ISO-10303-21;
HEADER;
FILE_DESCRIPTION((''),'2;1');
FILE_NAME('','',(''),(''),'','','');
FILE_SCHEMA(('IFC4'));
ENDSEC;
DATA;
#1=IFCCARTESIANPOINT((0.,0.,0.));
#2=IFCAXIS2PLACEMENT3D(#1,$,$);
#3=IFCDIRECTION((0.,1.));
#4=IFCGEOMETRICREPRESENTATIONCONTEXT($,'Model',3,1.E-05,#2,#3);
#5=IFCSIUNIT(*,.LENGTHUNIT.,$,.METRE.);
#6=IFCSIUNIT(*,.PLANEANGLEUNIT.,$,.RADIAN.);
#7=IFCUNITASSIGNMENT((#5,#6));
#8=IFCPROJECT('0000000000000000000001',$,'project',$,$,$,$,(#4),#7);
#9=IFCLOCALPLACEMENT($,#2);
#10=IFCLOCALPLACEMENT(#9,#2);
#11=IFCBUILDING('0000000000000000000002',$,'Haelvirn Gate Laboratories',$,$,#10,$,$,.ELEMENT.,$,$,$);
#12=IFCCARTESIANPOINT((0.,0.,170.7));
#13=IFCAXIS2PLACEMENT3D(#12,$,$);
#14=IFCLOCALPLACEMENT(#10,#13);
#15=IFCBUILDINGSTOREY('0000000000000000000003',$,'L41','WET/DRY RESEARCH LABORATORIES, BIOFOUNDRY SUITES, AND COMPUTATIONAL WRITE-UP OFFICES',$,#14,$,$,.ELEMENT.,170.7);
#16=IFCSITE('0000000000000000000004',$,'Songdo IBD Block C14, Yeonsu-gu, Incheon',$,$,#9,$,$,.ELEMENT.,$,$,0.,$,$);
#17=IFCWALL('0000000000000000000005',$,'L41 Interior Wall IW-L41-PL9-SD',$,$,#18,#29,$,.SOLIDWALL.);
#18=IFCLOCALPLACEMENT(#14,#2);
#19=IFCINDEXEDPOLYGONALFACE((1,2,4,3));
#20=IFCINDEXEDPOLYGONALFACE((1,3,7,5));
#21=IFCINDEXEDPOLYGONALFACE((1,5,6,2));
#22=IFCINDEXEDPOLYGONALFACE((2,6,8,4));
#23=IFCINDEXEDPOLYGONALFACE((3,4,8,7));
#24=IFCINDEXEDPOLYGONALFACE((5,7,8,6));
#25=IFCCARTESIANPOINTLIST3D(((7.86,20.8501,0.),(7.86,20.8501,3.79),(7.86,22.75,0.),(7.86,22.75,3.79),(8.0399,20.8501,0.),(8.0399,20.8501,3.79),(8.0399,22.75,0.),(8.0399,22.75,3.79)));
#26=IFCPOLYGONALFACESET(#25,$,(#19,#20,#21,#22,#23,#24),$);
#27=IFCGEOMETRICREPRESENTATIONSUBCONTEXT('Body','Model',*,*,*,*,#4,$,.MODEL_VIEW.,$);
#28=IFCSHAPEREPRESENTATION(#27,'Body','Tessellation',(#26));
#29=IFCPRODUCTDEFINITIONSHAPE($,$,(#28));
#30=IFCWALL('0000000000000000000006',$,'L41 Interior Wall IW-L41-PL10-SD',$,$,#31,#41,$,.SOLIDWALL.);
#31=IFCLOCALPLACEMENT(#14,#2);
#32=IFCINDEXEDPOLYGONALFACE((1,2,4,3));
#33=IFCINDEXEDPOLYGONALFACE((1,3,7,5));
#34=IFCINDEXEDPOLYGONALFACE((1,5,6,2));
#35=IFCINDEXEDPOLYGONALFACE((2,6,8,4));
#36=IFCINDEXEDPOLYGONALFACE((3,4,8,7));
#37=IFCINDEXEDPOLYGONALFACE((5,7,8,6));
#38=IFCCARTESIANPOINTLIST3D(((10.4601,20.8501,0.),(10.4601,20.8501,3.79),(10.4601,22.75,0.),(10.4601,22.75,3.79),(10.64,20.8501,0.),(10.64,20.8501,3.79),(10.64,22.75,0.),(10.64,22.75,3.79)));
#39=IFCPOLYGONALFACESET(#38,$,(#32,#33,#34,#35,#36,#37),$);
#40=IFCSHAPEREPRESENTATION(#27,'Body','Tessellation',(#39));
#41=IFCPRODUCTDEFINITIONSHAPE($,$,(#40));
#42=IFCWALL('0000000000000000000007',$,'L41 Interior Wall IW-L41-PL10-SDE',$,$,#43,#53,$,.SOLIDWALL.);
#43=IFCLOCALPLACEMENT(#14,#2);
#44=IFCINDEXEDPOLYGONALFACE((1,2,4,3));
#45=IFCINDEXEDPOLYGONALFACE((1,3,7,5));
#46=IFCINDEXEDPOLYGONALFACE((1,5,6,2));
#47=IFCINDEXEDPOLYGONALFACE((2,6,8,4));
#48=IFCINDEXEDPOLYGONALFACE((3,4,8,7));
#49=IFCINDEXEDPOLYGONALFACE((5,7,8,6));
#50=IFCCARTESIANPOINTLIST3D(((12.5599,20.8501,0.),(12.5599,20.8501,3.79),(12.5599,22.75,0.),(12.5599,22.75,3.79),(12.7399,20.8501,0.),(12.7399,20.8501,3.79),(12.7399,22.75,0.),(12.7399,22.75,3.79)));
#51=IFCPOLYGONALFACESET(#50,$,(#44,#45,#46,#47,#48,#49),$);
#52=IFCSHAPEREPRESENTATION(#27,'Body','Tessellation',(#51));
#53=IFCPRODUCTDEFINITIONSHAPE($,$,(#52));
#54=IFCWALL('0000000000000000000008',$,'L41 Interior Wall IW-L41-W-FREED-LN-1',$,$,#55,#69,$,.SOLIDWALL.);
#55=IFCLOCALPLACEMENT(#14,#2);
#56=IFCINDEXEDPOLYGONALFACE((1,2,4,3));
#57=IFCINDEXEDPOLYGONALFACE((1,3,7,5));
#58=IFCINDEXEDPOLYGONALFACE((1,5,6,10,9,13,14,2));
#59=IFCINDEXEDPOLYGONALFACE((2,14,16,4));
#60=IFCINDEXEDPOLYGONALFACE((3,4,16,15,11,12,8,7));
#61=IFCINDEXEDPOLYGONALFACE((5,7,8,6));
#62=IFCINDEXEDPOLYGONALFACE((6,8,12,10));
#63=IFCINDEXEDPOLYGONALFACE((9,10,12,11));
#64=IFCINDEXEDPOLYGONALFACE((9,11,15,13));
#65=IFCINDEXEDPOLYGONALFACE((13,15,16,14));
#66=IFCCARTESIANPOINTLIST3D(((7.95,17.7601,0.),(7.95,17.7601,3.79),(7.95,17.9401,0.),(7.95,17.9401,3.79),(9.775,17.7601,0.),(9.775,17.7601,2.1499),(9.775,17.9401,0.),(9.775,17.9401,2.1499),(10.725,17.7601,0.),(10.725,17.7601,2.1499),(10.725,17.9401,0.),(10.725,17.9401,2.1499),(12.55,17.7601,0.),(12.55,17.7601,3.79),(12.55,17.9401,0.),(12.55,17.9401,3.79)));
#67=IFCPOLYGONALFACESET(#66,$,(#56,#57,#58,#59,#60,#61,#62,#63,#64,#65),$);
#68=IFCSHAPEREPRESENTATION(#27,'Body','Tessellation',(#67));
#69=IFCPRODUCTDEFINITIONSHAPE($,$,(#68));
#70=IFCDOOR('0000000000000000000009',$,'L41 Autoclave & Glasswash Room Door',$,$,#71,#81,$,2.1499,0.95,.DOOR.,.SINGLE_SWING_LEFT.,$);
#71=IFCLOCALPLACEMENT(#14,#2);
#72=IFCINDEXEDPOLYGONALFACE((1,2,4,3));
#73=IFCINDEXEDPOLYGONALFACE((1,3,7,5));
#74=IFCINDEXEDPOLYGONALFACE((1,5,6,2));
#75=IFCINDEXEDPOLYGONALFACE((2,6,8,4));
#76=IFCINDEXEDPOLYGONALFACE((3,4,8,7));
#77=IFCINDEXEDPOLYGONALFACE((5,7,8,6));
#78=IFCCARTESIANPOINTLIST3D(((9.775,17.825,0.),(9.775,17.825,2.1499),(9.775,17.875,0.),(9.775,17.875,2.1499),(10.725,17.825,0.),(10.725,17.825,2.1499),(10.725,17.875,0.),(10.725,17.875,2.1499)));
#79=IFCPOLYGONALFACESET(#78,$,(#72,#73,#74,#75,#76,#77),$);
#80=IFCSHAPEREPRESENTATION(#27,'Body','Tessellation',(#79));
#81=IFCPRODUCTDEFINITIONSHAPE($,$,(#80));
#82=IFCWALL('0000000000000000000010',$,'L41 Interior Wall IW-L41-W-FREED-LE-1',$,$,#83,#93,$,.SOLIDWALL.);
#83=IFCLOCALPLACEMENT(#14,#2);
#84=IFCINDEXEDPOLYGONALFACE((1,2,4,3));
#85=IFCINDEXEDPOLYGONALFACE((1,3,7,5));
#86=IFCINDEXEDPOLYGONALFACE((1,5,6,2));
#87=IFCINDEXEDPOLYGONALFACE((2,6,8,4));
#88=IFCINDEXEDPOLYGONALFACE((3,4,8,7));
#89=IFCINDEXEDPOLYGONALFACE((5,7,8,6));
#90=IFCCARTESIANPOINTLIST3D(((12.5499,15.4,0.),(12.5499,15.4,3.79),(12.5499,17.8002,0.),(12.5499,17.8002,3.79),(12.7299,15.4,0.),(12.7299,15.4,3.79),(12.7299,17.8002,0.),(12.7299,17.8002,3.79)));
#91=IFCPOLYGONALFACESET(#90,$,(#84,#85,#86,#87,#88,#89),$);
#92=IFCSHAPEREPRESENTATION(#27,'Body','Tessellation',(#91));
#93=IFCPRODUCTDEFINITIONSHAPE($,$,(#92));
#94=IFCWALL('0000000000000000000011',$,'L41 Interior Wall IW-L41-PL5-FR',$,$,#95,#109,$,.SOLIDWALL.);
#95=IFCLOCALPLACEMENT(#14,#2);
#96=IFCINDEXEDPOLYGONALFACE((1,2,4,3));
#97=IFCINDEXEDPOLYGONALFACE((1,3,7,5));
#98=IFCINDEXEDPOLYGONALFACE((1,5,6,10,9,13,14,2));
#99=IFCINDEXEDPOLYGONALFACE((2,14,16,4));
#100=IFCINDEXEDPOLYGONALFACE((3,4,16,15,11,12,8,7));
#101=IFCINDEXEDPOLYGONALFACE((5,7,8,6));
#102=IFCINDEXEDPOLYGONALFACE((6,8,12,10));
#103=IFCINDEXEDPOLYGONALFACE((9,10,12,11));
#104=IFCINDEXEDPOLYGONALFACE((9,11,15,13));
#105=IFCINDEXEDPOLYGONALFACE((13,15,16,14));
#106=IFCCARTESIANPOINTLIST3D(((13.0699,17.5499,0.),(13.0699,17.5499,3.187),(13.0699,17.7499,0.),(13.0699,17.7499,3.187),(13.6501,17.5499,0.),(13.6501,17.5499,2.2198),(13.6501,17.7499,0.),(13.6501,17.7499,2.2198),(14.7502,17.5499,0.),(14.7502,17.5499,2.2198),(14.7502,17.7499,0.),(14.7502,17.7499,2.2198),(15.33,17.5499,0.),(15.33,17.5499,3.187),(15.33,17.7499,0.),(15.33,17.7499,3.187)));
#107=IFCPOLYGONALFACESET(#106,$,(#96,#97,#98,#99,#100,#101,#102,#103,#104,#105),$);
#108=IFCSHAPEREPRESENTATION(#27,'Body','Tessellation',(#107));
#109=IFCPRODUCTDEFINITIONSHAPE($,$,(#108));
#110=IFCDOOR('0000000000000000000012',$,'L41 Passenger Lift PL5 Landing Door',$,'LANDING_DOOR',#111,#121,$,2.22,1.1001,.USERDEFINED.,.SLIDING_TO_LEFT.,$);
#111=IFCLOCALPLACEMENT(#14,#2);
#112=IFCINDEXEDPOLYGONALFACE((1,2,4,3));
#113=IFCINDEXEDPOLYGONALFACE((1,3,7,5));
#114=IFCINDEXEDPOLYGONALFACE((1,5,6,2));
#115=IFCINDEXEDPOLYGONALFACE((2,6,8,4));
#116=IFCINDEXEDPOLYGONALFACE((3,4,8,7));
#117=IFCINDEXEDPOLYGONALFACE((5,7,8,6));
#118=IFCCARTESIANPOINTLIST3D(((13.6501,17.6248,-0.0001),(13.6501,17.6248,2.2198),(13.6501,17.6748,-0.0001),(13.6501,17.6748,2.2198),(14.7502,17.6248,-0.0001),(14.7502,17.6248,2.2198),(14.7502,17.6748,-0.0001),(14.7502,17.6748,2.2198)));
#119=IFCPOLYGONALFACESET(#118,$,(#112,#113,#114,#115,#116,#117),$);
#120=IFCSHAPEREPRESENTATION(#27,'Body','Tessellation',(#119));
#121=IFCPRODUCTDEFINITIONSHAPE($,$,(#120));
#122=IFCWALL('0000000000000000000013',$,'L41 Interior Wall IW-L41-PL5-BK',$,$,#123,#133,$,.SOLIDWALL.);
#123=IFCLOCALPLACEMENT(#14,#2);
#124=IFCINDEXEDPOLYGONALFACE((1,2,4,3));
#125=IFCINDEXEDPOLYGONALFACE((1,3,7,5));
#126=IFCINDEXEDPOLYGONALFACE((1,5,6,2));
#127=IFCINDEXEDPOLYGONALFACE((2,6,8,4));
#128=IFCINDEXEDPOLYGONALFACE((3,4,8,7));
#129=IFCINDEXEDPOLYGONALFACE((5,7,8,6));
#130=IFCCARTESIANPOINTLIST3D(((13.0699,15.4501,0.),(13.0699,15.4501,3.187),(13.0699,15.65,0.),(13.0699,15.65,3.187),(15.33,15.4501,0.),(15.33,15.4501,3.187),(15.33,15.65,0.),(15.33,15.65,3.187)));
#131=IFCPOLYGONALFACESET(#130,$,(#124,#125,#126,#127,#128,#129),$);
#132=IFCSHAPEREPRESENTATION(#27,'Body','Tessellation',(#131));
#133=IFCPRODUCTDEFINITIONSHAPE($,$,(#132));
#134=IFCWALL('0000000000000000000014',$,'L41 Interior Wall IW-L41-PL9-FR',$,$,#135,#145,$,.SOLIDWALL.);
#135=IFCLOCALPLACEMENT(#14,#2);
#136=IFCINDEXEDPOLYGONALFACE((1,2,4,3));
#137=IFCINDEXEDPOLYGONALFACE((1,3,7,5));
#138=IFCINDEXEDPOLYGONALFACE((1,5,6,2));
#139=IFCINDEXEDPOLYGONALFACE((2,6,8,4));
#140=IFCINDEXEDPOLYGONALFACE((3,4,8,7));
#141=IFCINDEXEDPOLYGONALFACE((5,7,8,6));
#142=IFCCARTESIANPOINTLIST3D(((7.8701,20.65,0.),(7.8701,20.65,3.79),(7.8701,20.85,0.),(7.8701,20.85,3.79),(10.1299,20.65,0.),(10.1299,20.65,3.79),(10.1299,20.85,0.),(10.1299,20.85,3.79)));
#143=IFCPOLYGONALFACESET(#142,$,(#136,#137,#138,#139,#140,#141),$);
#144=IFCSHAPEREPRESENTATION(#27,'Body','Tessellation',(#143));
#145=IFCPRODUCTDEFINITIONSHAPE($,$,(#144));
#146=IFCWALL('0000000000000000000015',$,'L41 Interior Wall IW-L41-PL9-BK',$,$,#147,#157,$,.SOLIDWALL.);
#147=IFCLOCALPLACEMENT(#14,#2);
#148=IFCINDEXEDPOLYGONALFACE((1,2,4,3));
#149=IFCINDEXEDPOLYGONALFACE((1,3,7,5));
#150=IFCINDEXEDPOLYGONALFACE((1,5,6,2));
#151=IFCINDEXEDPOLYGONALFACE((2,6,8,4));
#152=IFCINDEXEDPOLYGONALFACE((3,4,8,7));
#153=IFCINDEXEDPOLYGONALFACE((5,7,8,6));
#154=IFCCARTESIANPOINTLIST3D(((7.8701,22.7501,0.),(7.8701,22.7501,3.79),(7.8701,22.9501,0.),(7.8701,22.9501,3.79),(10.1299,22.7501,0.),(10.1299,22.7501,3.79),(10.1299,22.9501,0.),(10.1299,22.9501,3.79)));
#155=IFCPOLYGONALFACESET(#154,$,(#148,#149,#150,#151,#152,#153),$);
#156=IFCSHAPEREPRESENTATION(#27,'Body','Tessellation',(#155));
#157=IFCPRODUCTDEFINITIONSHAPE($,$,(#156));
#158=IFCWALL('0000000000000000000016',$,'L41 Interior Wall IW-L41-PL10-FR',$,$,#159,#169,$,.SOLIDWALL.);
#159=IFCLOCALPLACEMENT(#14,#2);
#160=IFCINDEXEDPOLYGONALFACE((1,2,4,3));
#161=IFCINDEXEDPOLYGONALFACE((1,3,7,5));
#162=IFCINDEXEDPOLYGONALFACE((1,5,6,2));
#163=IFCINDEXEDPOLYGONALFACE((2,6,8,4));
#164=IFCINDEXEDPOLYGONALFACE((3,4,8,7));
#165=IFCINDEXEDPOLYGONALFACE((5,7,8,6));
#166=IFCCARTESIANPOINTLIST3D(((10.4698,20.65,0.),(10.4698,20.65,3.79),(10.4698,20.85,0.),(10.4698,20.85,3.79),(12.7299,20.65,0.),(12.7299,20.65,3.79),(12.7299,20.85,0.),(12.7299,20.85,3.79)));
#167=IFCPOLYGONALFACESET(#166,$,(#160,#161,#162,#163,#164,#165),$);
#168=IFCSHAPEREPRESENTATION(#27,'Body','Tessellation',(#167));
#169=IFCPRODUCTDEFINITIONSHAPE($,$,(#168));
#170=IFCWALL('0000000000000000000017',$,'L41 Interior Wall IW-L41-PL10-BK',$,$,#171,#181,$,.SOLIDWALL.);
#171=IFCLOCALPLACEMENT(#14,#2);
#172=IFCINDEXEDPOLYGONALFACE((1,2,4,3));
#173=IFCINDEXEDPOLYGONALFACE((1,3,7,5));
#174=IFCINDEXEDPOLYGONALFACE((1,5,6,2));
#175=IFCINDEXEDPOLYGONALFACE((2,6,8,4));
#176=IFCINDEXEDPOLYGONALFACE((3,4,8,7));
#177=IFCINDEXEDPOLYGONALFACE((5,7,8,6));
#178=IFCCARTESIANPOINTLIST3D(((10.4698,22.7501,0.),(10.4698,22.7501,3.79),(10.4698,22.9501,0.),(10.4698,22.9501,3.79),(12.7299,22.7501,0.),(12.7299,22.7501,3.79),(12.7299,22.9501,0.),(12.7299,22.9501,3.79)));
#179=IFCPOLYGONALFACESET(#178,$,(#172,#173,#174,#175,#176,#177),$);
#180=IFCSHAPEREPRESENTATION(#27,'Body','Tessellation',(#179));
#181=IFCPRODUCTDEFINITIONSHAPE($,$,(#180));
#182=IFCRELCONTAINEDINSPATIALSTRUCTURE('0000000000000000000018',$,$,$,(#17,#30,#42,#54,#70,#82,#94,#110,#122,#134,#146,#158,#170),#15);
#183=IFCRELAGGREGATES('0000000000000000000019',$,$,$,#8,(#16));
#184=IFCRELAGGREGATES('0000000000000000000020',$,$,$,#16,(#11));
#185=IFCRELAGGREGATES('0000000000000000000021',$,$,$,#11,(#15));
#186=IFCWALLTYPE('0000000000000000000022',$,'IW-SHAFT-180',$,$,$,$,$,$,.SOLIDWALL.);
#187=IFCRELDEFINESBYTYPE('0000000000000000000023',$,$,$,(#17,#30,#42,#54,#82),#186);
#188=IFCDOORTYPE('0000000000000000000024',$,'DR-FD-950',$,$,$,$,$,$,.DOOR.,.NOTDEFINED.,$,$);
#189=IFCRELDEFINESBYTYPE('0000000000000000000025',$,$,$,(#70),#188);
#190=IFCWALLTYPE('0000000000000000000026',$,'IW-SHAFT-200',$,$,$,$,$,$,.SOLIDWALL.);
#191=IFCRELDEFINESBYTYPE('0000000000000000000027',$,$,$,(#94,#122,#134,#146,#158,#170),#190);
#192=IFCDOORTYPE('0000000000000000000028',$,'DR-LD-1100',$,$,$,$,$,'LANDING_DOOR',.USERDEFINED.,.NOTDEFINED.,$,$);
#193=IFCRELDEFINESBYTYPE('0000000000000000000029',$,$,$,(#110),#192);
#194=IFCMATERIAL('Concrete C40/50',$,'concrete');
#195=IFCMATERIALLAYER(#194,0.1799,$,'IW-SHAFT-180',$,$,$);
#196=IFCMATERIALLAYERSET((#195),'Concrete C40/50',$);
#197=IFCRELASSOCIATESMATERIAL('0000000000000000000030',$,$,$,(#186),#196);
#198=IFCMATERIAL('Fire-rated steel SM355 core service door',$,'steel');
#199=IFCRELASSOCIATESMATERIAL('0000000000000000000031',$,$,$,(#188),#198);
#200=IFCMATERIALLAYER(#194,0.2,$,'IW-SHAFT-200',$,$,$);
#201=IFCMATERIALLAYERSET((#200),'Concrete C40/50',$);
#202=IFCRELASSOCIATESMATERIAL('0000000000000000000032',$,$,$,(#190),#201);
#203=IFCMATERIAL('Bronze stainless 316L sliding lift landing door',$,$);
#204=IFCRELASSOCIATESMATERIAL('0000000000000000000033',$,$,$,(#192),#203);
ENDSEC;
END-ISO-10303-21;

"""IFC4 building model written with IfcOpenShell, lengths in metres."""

from ifc_helpers import new_model, si_unit, direction, frame, frame_2d, origin, place, context, subcontext, project, spatial, rectangle, extrude, source, transform, mapped, material, layer, layer_set, type_object, type_shapes, element, fill, save


model = new_model("IFC4")

# Units and contexts
model_context = context("Model", 3, precision=1e-05, world=origin(), true_north=direction((0.0, 1.0)))
body_context = subcontext(model_context, "Body", "Model", "MODEL_VIEW")
ifc_project = project(units=[si_unit("LENGTHUNIT", "METRE"), si_unit("PLANEANGLEUNIT", "RADIAN")], contexts=[model_context])

# Site, building, storey
site_placement = place(None, origin())
site = spatial("IfcSite", under=ifc_project, at=site_placement, Name="Songdo IBD Block C14, Yeonsu-gu, Incheon", CompositionType="ELEMENT", RefElevation=0.0)
building_placement = place(site_placement, origin())
building = spatial("IfcBuilding", under=site, at=building_placement, Name="Haelvirn Gate Laboratories", CompositionType="ELEMENT")
storey_placement = place(building_placement, frame((0.0, 0.0, 170.7)))
storey = spatial("IfcBuildingStorey", under=building, at=storey_placement, Name="L41", Description="WET/DRY RESEARCH LABORATORIES, BIOFOUNDRY SUITES, AND COMPUTATIONAL WRITE-UP OFFICES", CompositionType="ELEMENT", Elevation=170.7)

# Walls
ifc_material_1 = material(Name="Concrete C40/50", Category="concrete")
ifc_layer_1 = layer(ifc_material_1, 0.1799, Name="IW-SHAFT-180")
ifc_layer_set_1 = layer_set([ifc_layer_1], Name="Concrete C40/50")
wall_type_1 = type_object("IfcWallType", Name="IW-SHAFT-180", PredefinedType="SOLIDWALL", material=ifc_layer_set_1)
for number, where, z_axis, x_axis, name in (
    (1, (7.95, 20.8501, 0.0), (0.0, 0.0, 1.0), (0.0, 1.0, 0.0), "L41 Interior Wall IW-L41-PL9-SD"),
    (2, (10.55, 20.8501, 0.0), (0.0, 0.0, 1.0), (0.0, 1.0, 0.0), "L41 Interior Wall IW-L41-PL10-SD"),
    (3, (12.6499, 20.8501, 0.0), (0.0, 0.0, 1.0), (0.0, 1.0, 0.0), "L41 Interior Wall IW-L41-PL10-SDE"),
):
    element("IfcWall", number, at=place(storey_placement, frame(where, z_axis=z_axis, x_axis=x_axis)), inside=storey, type_object=wall_type_1, Name=name, PredefinedType="SOLIDWALL", context=body_context, shape_type="SweptSolid", body=[
        extrude(rectangle(XDim=1.8999, YDim=0.1799, at=frame_2d((0.95, 0.0))), origin(), (0.0, 0.0, 1.0), 3.79),
    ])

# Wall, opening, door
wall_1_placement = place(storey_placement, frame((7.95, 17.8501, 0.0), z_axis=(0.0, 0.0, 1.0), x_axis=(1.0, 0.0, 0.0)))
wall_1 = element("IfcWall", 4, at=wall_1_placement, inside=storey, type_object=wall_type_1, Name="L41 Interior Wall IW-L41-W-FREED-LN-1", PredefinedType="SOLIDWALL", context=body_context, shape_type="SweptSolid", body=[
    extrude(rectangle(XDim=4.6001, YDim=0.1799, at=frame_2d((2.3, 0.0))), origin(), (0.0, 0.0, 1.0), 3.79),
])
opening_1_placement = place(wall_1_placement, frame((1.825, 0.0, 0.0)))
opening_1 = element("IfcOpeningElement", 5, at=opening_1_placement, cuts=wall_1, PredefinedType="OPENING", context=body_context, shape_type="SweptSolid", body=[
    extrude(rectangle(XDim=0.95, YDim=2.1499, at=frame_2d((0.4751, 1.075))), frame((0.0, 0.1001, 0.0), z_axis=(0.0, -1.0, 0.0), x_axis=(1.0, 0.0, 0.0)), (0.0, 0.0, 1.0), 0.2),
])
ifc_material_2 = material(Name="Fire-rated steel SM355 core service door", Category="steel")
door_type_1 = type_object("IfcDoorType", Name="DR-FD-950", OperationType="NOTDEFINED", PredefinedType="DOOR", material=ifc_material_2)
shared_shape_1 = source(origin(), body_context, "Body", "SweptSolid", [
    extrude(rectangle(XDim=0.95, YDim=2.1499, at=frame_2d((0.4751, 1.075))), frame((0.0, 0.0249, 0.0), z_axis=(0.0, -1.0, 0.0), x_axis=(1.0, 0.0, 0.0)), (0.0, 0.0, 1.0), 0.05),
])
type_shapes(door_type_1, [shared_shape_1])
door_1_placement = place(opening_1_placement, origin())
door_1 = element("IfcDoor", 6, at=door_1_placement, inside=storey, type_object=door_type_1, Name="L41 Autoclave & Glasswash Room Door", OperationType="SINGLE_SWING_LEFT", OverallHeight=2.1499, OverallWidth=0.95, PredefinedType="DOOR", context=body_context, shape_type="MappedRepresentation", body=[
    mapped(shared_shape_1, transform((0.0, 0.0, 0.0), scale=1.0)),
])
fill(opening_1, door_1)

# Wall
wall_2_placement = place(storey_placement, frame((12.6399, 15.3999, 0.0), z_axis=(0.0, 0.0, 1.0), x_axis=(0.0, 1.0, 0.0)))
element("IfcWall", 7, at=wall_2_placement, inside=storey, type_object=wall_type_1, Name="L41 Interior Wall IW-L41-W-FREED-LE-1", PredefinedType="SOLIDWALL", context=body_context, shape_type="SweptSolid", body=[
    extrude(rectangle(XDim=2.4001, YDim=0.1799, at=frame_2d((1.2002, 0.0))), origin(), (0.0, 0.0, 1.0), 3.79),
])

# Wall, opening, door
ifc_layer_2 = layer(ifc_material_1, 0.2, Name="IW-SHAFT-200")
ifc_layer_set_2 = layer_set([ifc_layer_2], Name="Concrete C40/50")
wall_type_2 = type_object("IfcWallType", Name="IW-SHAFT-200", PredefinedType="SOLIDWALL", material=ifc_layer_set_2)
wall_3_placement = place(storey_placement, frame((13.0701, 17.6499, 0.0), z_axis=(0.0, 0.0, 1.0), x_axis=(1.0, 0.0, 0.0)))
wall_3 = element("IfcWall", 8, at=wall_3_placement, inside=storey, type_object=wall_type_2, Name="L41 Interior Wall IW-L41-PL5-FR", PredefinedType="SOLIDWALL", context=body_context, shape_type="SweptSolid", body=[
    extrude(rectangle(XDim=2.26, YDim=0.2, at=frame_2d((1.1299, 0.0))), origin(), (0.0, 0.0, 1.0), 3.187),
])
opening_2_placement = place(wall_3_placement, frame((0.5801, 0.0, 0.0)))
opening_2 = element("IfcOpeningElement", 9, at=opening_2_placement, cuts=wall_3, PredefinedType="OPENING", context=body_context, shape_type="SweptSolid", body=[
    extrude(rectangle(XDim=1.1001, YDim=2.22, at=frame_2d((0.55, 1.1099))), frame((0.0, 0.1099, 0.0), z_axis=(0.0, -1.0, 0.0), x_axis=(1.0, 0.0, 0.0)), (0.0, 0.0, 1.0), 0.22),
])
ifc_material_3 = material(Name="Bronze stainless 316L sliding lift landing door")
door_type_2 = type_object("IfcDoorType", Name="DR-LD-1100", ElementType="LANDING_DOOR", OperationType="NOTDEFINED", PredefinedType="USERDEFINED", material=ifc_material_3)
shared_shape_2 = source(origin(), body_context, "Body", "SweptSolid", [
    extrude(rectangle(XDim=1.1001, YDim=2.22, at=frame_2d((0.55, 1.1099))), frame((0.0, 0.0249, 0.0), z_axis=(0.0, -1.0, 0.0), x_axis=(1.0, 0.0, 0.0)), (0.0, 0.0, 1.0), 0.05),
])
type_shapes(door_type_2, [shared_shape_2])
door_2_placement = place(opening_2_placement, origin())
door_2 = element("IfcDoor", 10, at=door_2_placement, inside=storey, type_object=door_type_2, Name="L41 Passenger Lift PL5 Landing Door", ObjectType="LANDING_DOOR", OperationType="SLIDING_TO_LEFT", OverallHeight=2.22, OverallWidth=1.1001, PredefinedType="USERDEFINED", context=body_context, shape_type="MappedRepresentation", body=[
    mapped(shared_shape_2, transform((0.0, 0.0, 0.0), scale=1.0)),
])
fill(opening_2, door_2)

# Walls
wall_4_placement = place(storey_placement, frame((13.0701, 15.55, 0.0), z_axis=(0.0, 0.0, 1.0), x_axis=(1.0, 0.0, 0.0)))
element("IfcWall", 11, at=wall_4_placement, inside=storey, type_object=wall_type_2, Name="L41 Interior Wall IW-L41-PL5-BK", PredefinedType="SOLIDWALL", context=body_context, shape_type="SweptSolid", body=[
    extrude(rectangle(XDim=2.26, YDim=0.2, at=frame_2d((1.1299, 0.0))), origin(), (0.0, 0.0, 1.0), 3.187),
])
for number, where, z_axis, x_axis, name in (
    (12, (7.8701, 20.75, 0.0), (0.0, 0.0, 1.0), (1.0, 0.0, 0.0), "L41 Interior Wall IW-L41-PL9-FR"),
    (13, (7.8701, 22.8501, 0.0), (0.0, 0.0, 1.0), (1.0, 0.0, 0.0), "L41 Interior Wall IW-L41-PL9-BK"),
):
    element("IfcWall", number, at=place(storey_placement, frame(where, z_axis=z_axis, x_axis=x_axis)), inside=storey, type_object=wall_type_2, Name=name, PredefinedType="SOLIDWALL", context=body_context, shape_type="SweptSolid", body=[
        extrude(rectangle(XDim=2.2598, YDim=0.2, at=frame_2d((1.1299, 0.0))), origin(), (0.0, 0.0, 1.0), 3.79),
    ])
for number, where, z_axis, x_axis, name in (
    (14, (10.47, 20.75, 0.0), (0.0, 0.0, 1.0), (1.0, 0.0, 0.0), "L41 Interior Wall IW-L41-PL10-FR"),
    (15, (10.47, 22.8501, 0.0), (0.0, 0.0, 1.0), (1.0, 0.0, 0.0), "L41 Interior Wall IW-L41-PL10-BK"),
):
    element("IfcWall", number, at=place(storey_placement, frame(where, z_axis=z_axis, x_axis=x_axis)), inside=storey, type_object=wall_type_2, Name=name, PredefinedType="SOLIDWALL", context=body_context, shape_type="SweptSolid", body=[
        extrude(rectangle(XDim=2.26, YDim=0.2, at=frame_2d((1.1299, 0.0))), origin(), (0.0, 0.0, 1.0), 3.79),
    ])

save(model, "model.ifc")
